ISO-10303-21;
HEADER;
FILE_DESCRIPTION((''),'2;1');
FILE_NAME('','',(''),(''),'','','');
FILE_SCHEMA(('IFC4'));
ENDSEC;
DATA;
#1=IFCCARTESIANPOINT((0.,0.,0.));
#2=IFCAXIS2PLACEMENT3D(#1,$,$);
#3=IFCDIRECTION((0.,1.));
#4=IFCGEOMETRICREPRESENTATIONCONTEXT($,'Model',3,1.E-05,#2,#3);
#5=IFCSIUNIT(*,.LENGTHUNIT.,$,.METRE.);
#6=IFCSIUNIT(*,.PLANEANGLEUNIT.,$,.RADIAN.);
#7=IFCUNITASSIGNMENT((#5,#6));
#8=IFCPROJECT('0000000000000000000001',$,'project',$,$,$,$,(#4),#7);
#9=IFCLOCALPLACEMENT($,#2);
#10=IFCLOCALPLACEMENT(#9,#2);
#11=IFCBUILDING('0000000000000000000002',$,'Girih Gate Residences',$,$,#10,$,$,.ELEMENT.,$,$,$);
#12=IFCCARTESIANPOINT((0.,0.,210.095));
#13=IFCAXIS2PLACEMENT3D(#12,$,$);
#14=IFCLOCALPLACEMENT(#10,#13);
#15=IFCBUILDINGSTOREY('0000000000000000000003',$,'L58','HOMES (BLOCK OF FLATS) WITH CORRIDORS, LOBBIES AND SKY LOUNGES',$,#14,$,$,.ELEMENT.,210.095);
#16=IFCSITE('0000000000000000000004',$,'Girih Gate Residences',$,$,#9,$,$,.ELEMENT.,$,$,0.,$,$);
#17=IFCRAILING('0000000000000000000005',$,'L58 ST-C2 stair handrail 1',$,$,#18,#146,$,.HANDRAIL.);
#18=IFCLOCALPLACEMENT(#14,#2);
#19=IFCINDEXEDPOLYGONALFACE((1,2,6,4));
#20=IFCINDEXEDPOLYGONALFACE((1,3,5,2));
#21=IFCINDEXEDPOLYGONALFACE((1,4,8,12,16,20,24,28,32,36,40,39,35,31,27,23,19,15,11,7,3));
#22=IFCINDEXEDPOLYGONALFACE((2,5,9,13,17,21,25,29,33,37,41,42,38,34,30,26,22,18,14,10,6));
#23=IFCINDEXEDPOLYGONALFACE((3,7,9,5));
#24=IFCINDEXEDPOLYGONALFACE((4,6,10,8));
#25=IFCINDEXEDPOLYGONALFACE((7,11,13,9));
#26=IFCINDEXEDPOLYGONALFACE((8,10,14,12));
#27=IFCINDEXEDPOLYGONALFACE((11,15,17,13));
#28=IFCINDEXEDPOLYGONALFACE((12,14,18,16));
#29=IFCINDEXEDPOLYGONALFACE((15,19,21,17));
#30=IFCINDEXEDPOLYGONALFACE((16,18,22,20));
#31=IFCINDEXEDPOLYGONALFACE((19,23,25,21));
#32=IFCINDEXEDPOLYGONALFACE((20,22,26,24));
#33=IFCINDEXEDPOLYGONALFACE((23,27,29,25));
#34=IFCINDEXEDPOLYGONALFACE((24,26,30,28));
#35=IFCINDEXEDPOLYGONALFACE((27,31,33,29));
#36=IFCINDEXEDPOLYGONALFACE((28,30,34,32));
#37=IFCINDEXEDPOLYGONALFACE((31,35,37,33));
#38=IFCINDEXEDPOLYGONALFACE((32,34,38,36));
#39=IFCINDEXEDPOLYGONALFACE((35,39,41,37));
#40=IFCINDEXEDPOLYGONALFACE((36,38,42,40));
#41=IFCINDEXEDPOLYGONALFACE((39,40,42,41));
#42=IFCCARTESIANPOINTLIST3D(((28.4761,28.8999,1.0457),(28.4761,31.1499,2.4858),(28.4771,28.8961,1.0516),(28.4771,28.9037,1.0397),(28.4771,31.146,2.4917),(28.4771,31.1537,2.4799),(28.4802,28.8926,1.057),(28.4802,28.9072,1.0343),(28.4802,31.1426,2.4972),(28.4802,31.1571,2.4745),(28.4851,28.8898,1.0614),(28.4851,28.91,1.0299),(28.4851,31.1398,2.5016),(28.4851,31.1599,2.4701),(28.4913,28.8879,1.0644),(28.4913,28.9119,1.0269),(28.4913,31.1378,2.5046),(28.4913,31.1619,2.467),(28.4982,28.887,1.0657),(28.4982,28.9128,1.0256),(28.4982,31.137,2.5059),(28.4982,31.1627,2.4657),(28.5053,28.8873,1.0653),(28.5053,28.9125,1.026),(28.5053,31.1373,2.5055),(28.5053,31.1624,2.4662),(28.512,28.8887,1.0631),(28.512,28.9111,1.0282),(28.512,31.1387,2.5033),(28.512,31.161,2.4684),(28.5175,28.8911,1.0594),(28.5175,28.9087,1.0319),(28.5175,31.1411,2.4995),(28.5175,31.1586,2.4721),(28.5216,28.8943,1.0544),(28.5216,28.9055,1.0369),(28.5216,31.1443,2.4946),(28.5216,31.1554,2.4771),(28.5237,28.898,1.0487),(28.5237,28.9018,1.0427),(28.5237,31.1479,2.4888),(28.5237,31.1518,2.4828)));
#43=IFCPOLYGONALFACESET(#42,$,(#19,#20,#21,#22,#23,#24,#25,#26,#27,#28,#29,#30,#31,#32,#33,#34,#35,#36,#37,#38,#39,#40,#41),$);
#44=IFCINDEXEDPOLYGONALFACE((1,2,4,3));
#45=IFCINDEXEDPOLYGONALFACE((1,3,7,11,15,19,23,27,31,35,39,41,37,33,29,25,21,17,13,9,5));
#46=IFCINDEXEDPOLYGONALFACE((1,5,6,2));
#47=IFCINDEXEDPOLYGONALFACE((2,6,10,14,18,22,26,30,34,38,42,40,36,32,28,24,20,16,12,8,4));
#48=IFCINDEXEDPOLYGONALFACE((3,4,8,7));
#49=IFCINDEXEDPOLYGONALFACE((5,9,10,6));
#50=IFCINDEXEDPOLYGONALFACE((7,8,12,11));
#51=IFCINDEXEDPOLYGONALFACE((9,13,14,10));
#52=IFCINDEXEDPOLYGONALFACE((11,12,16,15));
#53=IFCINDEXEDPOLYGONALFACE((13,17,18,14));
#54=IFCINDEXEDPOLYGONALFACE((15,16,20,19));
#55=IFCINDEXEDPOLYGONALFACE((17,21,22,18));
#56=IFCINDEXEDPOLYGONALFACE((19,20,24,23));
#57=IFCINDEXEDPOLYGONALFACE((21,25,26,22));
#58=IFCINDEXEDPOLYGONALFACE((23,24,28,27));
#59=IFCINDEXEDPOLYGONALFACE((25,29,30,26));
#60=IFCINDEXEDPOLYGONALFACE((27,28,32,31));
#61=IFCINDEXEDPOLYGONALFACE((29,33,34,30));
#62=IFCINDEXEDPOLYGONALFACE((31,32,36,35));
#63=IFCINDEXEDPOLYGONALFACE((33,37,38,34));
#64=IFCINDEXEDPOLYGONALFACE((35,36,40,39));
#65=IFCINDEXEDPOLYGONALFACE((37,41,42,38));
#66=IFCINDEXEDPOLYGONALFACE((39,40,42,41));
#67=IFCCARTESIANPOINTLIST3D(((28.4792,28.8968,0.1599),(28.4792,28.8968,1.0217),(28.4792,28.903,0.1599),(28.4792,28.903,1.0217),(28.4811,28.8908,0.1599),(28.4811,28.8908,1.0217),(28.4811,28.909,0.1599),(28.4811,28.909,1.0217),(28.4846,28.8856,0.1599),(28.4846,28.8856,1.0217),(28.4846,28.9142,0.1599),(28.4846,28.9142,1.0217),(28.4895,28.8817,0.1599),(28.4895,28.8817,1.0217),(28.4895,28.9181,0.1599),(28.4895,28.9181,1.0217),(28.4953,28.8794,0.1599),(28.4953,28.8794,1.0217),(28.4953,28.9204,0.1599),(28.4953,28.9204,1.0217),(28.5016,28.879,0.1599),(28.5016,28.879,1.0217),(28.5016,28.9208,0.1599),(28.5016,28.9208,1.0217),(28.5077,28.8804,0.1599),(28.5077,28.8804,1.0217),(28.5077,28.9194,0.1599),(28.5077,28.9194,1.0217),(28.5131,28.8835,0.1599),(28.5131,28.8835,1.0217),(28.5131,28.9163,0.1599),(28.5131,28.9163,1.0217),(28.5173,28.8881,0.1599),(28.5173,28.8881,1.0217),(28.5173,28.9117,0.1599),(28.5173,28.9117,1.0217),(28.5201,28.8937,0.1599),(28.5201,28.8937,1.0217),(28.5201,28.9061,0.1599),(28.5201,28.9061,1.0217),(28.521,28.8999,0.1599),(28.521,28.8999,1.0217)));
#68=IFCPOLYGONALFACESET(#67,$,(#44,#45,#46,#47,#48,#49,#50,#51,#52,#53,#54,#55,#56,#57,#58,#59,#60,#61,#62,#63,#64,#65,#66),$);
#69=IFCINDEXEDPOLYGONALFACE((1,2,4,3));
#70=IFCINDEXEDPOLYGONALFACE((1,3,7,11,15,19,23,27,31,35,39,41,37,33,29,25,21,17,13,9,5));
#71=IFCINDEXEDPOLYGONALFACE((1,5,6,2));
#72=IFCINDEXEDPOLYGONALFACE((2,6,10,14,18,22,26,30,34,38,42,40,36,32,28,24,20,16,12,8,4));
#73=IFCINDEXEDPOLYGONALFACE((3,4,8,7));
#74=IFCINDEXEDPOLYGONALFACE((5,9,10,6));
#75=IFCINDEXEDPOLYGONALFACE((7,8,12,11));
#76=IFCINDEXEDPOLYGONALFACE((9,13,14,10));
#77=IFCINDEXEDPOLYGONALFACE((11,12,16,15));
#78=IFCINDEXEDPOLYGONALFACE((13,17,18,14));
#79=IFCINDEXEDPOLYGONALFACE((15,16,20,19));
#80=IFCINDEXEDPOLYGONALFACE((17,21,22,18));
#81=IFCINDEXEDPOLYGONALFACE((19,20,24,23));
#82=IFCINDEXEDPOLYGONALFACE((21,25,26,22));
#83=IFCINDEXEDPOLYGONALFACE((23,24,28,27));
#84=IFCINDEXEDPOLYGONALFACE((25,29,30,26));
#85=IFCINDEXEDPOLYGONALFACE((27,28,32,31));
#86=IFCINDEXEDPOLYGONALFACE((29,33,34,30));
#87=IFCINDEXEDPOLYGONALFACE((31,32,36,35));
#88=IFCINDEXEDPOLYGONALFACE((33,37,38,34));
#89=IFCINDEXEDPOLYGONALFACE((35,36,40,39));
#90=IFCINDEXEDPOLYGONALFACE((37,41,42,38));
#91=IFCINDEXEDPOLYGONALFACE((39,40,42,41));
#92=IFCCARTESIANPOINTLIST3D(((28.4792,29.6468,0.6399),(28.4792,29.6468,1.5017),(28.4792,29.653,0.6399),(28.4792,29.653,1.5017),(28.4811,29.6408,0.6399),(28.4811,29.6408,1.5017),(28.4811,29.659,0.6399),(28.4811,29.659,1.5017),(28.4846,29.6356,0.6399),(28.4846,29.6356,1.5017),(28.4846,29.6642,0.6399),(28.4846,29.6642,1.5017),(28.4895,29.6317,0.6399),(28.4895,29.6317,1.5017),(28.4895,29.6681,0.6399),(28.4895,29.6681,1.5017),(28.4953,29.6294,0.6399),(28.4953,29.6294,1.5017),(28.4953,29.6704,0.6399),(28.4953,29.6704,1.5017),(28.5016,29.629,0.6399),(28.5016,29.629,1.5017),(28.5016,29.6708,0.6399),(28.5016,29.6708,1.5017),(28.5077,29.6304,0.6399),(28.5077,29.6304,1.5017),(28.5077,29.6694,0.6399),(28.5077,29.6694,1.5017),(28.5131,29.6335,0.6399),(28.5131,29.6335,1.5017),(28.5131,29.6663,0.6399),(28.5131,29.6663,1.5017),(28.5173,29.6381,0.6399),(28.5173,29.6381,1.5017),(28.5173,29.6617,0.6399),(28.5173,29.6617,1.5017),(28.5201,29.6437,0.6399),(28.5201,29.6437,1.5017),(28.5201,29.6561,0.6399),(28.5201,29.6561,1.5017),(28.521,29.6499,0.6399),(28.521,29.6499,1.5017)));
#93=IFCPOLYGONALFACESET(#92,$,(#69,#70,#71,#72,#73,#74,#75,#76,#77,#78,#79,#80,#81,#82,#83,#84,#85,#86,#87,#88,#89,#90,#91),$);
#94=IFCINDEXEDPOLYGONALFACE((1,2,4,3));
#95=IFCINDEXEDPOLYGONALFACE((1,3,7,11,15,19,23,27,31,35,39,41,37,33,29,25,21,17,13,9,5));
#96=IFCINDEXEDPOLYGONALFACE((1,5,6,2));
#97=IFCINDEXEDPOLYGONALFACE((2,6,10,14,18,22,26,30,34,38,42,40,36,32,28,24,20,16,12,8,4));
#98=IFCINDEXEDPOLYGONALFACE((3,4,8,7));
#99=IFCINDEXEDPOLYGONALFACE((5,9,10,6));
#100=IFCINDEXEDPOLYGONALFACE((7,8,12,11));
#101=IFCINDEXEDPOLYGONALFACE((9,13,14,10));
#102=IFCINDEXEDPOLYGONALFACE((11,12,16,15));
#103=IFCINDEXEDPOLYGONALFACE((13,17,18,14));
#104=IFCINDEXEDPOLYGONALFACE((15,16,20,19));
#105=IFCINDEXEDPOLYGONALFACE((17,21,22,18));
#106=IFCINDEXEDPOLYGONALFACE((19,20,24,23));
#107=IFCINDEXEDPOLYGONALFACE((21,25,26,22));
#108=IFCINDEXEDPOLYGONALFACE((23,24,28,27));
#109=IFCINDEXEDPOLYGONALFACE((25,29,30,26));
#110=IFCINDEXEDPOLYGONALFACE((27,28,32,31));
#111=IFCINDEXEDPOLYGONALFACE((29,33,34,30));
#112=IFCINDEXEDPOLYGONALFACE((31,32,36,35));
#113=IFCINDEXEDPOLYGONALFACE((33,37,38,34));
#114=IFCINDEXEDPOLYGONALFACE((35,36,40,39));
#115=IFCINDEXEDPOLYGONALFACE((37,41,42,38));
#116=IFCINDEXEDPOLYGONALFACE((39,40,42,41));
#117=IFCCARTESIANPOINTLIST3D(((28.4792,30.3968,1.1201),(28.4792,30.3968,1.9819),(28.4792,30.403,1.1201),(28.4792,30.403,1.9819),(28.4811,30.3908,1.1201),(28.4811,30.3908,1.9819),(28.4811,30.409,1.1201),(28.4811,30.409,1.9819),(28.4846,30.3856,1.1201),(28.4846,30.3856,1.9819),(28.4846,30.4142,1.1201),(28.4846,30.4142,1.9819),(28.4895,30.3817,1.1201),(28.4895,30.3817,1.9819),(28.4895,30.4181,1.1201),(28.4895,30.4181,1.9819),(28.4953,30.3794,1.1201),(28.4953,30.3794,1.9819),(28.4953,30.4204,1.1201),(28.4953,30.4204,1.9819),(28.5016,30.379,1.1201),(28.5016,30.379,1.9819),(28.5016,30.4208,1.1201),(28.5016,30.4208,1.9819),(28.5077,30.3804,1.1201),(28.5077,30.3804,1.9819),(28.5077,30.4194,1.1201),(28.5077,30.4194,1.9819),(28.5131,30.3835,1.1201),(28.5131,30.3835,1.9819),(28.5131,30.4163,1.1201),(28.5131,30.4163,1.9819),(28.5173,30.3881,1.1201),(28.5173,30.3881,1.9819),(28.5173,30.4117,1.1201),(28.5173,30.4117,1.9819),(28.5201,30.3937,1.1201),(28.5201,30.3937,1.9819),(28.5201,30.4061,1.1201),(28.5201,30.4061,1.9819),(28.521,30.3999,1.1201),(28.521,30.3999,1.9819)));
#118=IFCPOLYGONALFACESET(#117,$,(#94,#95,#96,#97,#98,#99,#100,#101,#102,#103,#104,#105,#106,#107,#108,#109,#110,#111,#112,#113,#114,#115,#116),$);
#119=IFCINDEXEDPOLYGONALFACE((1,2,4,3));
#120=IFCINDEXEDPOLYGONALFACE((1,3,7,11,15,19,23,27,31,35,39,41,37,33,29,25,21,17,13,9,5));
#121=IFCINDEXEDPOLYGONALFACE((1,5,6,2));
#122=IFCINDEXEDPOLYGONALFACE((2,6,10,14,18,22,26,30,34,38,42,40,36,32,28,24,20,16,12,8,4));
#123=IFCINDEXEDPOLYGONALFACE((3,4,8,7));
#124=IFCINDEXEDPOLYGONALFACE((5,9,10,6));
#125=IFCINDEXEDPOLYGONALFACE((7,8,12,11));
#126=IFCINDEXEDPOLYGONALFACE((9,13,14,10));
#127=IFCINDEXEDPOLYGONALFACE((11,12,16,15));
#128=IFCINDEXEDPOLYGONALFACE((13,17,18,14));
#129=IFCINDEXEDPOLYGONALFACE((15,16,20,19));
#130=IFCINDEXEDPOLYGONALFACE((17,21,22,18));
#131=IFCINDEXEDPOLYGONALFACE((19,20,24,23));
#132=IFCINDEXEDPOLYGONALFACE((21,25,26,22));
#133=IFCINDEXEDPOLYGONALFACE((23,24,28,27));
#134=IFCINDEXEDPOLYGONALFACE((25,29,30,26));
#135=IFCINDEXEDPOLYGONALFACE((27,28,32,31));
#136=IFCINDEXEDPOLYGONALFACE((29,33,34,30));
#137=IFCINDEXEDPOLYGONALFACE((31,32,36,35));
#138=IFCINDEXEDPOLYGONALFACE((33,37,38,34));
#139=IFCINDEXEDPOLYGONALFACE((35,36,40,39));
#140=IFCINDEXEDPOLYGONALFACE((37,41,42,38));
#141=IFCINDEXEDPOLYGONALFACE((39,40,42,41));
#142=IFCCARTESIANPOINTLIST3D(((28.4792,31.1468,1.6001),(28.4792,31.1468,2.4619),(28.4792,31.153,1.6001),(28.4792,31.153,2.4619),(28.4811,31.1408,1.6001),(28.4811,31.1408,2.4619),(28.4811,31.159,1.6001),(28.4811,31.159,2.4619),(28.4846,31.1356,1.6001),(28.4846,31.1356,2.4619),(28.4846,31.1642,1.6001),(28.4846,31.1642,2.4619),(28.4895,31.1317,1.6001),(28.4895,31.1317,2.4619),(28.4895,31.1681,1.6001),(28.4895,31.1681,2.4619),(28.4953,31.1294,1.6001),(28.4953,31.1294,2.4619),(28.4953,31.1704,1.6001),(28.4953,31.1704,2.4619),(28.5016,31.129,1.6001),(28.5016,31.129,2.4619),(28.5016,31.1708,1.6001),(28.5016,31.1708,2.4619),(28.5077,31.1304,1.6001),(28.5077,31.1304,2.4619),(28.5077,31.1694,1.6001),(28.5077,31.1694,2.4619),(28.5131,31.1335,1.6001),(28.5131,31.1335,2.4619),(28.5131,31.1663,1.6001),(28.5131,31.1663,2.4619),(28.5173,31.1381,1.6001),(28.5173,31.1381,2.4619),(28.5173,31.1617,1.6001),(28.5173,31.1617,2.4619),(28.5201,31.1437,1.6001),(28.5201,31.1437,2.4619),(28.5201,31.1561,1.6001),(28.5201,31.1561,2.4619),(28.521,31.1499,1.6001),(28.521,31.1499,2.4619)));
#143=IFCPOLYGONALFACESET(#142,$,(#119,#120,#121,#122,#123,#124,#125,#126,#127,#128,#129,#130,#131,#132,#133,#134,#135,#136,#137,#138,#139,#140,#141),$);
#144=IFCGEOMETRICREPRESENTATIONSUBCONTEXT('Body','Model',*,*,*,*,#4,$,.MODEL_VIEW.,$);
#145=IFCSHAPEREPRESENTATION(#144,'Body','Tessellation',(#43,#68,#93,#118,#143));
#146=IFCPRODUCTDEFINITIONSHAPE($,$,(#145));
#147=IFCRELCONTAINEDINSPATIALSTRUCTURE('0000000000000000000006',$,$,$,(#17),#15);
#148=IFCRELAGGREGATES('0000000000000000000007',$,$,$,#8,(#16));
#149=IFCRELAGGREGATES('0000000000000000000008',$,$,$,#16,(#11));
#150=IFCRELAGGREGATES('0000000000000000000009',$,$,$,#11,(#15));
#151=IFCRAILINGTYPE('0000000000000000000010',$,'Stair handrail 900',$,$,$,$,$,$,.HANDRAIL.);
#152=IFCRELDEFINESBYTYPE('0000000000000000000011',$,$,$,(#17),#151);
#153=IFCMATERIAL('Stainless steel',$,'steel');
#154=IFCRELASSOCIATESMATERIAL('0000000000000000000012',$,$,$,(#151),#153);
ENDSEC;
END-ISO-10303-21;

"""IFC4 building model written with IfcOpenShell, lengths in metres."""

from ifc_helpers import new_model, si_unit, direction, frame, origin, origin_2d, place, context, subcontext, project, spatial, circle, extrude, material, type_object, element, save


model = new_model("IFC4")

# Units and contexts
model_context = context("Model", 3, precision=1e-05, world=origin(), true_north=direction((0.0, 1.0)))
body_context = subcontext(model_context, "Body", "Model", "MODEL_VIEW")
ifc_project = project(units=[si_unit("LENGTHUNIT", "METRE"), si_unit("PLANEANGLEUNIT", "RADIAN")], contexts=[model_context])

# Site, building, storey
site_placement = place(None, origin())
site = spatial("IfcSite", under=ifc_project, at=site_placement, Name="Girih Gate Residences", CompositionType="ELEMENT", RefElevation=0.0)
building_placement = place(site_placement, origin())
building = spatial("IfcBuilding", under=site, at=building_placement, Name="Girih Gate Residences", CompositionType="ELEMENT")
storey_placement = place(building_placement, frame((0.0, 0.0, 210.095)))
storey = spatial("IfcBuildingStorey", under=building, at=storey_placement, Name="L58", Description="HOMES (BLOCK OF FLATS) WITH CORRIDORS, LOBBIES AND SKY LOUNGES", CompositionType="ELEMENT", Elevation=210.095)

# Railing
ifc_material_1 = material(Name="Stainless steel", Category="steel")
railing_type_1 = type_object("IfcRailingType", Name="Stair handrail 900", PredefinedType="HANDRAIL", material=ifc_material_1)
railing_1_placement = place(storey_placement, frame((28.5, 28.8999, 0.1599)))
element("IfcRailing", 1, at=railing_1_placement, inside=storey, type_object=railing_type_1, Name="L58 ST-C2 stair handrail 1", PredefinedType="HANDRAIL", context=body_context, shape_type="SweptSolid", body=[
    extrude(circle(Radius=0.0239, at=origin_2d()), frame((0.0, 0.0, 0.8857), z_axis=(0.0, 0.84224, 0.539103), x_axis=(-1.0, 0.0, 0.0)), (0.0, 0.0, 1.0), 2.6714),
    extrude(circle(Radius=0.021, at=origin_2d()), origin(), (0.0, 0.0, 1.0), 0.8618),
    extrude(circle(Radius=0.021, at=origin_2d()), frame((0.0, 0.75, 0.48)), (0.0, 0.0, 1.0), 0.8618),
    extrude(circle(Radius=0.021, at=origin_2d()), frame((0.0, 1.5, 0.9602)), (0.0, 0.0, 1.0), 0.8618),
    extrude(circle(Radius=0.021, at=origin_2d()), frame((0.0, 2.25, 1.4402)), (0.0, 0.0, 1.0), 0.8618),
])

save(model, "model.ifc")
